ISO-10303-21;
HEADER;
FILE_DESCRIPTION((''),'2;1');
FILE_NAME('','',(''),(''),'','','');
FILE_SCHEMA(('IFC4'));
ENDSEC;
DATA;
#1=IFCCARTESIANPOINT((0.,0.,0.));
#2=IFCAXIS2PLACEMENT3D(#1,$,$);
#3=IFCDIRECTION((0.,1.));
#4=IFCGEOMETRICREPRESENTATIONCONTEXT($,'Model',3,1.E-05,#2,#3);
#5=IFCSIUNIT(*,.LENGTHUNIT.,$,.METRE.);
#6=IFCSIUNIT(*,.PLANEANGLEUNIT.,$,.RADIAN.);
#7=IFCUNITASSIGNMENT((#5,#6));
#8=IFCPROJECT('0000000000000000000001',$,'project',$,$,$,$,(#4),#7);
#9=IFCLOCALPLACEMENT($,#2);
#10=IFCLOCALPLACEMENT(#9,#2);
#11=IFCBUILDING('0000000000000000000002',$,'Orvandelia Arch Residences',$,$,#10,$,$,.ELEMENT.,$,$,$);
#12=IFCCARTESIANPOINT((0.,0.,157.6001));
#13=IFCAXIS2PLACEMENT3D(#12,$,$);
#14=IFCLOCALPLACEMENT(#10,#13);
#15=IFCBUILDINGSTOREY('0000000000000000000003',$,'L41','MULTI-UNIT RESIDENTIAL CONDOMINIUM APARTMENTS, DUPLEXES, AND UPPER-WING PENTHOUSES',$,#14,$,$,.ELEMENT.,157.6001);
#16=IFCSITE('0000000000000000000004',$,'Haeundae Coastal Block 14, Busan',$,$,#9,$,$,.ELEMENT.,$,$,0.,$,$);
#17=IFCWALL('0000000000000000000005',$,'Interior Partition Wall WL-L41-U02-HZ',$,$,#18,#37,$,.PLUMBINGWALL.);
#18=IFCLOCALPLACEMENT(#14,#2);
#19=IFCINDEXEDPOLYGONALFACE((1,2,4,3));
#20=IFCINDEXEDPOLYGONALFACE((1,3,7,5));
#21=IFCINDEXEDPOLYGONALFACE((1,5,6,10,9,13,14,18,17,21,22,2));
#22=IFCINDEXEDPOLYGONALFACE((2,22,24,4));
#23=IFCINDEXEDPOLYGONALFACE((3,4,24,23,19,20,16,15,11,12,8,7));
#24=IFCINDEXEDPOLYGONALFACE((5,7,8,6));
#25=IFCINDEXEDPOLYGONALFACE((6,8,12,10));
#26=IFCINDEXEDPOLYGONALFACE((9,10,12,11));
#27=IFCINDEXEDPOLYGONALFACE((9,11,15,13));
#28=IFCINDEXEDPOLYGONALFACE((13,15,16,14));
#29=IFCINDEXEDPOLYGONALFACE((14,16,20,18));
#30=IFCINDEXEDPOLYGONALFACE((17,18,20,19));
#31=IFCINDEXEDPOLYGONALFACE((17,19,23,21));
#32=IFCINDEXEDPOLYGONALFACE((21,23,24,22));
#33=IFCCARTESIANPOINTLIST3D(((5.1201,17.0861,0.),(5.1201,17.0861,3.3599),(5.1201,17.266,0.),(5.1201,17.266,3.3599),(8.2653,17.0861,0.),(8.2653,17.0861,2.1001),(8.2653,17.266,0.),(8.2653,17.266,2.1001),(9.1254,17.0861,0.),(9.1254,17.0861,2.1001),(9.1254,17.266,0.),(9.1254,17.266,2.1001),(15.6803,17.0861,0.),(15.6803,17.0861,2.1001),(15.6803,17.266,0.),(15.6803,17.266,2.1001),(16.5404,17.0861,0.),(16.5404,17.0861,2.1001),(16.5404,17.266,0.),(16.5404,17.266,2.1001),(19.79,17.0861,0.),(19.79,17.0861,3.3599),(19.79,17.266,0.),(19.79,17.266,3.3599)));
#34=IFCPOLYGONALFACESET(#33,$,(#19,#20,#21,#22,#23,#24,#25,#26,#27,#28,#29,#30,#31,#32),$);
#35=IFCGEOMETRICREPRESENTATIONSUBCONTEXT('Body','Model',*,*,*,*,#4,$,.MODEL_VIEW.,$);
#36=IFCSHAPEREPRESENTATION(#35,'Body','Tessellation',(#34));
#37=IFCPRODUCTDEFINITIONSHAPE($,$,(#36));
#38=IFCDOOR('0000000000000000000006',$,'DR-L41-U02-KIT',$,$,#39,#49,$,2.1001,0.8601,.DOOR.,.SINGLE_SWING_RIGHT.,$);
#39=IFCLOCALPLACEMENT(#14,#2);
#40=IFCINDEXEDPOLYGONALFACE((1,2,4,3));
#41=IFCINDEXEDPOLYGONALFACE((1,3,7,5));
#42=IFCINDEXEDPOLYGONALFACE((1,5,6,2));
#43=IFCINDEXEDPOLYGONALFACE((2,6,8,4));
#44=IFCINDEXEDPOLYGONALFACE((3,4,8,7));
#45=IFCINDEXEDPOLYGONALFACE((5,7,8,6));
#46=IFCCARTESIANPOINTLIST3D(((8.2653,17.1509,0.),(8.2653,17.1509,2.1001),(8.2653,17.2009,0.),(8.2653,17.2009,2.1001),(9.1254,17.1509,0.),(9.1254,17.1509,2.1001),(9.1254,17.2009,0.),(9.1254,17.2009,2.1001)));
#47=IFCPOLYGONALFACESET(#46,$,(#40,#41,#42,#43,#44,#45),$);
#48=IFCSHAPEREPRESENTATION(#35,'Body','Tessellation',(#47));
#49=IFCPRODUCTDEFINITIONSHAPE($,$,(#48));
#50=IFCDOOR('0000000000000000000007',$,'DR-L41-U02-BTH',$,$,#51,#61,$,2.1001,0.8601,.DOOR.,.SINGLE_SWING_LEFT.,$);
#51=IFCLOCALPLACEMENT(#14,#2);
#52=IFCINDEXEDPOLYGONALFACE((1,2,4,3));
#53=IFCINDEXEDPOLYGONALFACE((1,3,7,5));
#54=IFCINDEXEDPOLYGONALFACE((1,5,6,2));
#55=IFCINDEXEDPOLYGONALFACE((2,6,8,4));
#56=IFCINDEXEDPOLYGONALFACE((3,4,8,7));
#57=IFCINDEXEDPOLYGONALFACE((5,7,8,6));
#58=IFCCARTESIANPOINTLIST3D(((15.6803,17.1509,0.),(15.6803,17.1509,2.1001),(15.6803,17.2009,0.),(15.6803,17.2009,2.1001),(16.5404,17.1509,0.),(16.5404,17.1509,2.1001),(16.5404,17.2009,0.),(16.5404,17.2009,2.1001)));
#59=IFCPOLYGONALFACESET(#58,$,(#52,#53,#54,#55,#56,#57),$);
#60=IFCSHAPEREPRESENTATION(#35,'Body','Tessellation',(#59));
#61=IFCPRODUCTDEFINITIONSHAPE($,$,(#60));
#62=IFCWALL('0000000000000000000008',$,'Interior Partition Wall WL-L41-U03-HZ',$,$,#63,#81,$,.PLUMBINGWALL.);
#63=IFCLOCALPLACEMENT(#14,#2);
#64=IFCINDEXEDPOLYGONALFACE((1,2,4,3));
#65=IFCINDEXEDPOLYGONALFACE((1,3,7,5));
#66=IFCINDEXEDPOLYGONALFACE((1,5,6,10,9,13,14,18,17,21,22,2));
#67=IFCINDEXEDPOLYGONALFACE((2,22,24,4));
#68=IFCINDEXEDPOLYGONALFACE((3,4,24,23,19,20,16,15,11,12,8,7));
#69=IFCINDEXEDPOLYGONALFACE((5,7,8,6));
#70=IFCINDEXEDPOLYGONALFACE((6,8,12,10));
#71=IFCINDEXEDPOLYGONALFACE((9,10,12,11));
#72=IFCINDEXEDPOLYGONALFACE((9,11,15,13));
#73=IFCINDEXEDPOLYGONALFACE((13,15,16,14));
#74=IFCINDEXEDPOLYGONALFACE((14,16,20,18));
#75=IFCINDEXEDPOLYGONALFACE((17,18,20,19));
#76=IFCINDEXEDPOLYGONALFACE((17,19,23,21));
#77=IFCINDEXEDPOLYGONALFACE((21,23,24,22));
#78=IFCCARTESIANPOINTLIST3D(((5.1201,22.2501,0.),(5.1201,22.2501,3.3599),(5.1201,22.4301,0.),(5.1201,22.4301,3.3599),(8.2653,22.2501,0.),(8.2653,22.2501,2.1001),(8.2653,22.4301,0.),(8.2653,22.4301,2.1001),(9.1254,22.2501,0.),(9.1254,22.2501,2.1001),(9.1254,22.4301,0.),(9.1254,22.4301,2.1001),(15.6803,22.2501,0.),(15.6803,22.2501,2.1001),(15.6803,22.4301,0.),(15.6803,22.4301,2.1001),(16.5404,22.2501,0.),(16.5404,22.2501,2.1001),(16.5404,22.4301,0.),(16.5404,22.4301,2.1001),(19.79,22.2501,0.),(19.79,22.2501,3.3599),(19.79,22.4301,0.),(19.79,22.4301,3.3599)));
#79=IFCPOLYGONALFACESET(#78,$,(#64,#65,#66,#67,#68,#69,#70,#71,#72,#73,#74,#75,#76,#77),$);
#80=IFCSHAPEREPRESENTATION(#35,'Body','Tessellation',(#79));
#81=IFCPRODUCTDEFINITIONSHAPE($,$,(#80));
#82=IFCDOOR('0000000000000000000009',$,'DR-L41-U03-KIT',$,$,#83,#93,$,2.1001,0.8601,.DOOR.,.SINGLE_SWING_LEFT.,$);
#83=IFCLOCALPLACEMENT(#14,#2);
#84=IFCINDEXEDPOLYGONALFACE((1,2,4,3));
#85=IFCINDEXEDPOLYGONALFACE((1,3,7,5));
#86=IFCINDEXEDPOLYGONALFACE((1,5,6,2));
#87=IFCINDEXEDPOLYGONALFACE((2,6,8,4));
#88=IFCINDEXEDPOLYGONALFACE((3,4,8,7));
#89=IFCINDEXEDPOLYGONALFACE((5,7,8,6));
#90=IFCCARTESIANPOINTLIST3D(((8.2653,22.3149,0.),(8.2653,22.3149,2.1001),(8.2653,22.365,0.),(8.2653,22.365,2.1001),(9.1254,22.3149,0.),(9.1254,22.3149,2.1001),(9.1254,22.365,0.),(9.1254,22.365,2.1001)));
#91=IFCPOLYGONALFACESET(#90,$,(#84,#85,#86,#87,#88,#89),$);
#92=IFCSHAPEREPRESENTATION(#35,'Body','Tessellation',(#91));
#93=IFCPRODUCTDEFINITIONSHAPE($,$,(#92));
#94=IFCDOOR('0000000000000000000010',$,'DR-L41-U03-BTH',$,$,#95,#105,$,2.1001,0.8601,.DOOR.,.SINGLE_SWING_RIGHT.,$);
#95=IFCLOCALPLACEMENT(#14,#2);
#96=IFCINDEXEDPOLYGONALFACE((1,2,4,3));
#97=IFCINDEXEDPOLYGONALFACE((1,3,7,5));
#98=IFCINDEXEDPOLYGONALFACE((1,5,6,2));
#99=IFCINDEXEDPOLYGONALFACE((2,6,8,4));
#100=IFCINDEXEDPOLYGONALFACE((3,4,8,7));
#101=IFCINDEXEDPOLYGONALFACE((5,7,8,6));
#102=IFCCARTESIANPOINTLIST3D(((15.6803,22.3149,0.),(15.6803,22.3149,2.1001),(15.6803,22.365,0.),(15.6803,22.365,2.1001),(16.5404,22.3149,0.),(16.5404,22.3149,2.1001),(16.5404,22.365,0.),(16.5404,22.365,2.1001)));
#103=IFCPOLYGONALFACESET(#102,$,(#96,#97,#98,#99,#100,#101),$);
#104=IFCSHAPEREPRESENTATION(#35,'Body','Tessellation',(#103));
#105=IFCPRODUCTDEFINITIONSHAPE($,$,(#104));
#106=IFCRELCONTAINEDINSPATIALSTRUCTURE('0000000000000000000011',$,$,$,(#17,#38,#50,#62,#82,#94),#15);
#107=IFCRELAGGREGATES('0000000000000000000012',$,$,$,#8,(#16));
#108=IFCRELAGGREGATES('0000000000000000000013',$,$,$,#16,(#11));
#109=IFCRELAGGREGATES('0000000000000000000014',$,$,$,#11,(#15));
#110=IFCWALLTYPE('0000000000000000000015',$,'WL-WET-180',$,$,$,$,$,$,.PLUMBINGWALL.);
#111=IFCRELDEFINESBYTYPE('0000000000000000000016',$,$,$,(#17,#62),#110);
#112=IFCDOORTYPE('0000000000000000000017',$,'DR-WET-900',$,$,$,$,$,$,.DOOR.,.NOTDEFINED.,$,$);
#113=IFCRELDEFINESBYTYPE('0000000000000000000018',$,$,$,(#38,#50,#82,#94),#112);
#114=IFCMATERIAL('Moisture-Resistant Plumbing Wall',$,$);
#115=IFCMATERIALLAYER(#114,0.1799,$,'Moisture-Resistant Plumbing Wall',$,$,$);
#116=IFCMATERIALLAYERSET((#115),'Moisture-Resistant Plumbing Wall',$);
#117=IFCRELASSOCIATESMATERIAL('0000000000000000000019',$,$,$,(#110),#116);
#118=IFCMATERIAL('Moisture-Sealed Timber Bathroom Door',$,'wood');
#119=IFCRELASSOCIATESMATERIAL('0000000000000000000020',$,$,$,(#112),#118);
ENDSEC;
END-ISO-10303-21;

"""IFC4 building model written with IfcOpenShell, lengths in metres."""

from ifc_helpers import new_model, si_unit, direction, frame, frame_2d, origin, place, context, subcontext, project, spatial, rectangle, extrude, material, layer, layer_set, type_object, element, fill, save


model = new_model("IFC4")

# Units and contexts
model_context = context("Model", 3, precision=1e-05, world=origin(), true_north=direction((0.0, 1.0)))
body_context = subcontext(model_context, "Body", "Model", "MODEL_VIEW")
ifc_project = project(units=[si_unit("LENGTHUNIT", "METRE"), si_unit("PLANEANGLEUNIT", "RADIAN")], contexts=[model_context])

# Site, building, storey
site_placement = place(None, origin())
site = spatial("IfcSite", under=ifc_project, at=site_placement, Name="Haeundae Coastal Block 14, Busan", CompositionType="ELEMENT", RefElevation=0.0)
building_placement = place(site_placement, origin())
building = spatial("IfcBuilding", under=site, at=building_placement, Name="Orvandelia Arch Residences", CompositionType="ELEMENT")
storey_placement = place(building_placement, frame((0.0, 0.0, 157.6001)))
storey = spatial("IfcBuildingStorey", under=building, at=storey_placement, Name="L41", Description="MULTI-UNIT RESIDENTIAL CONDOMINIUM APARTMENTS, DUPLEXES, AND UPPER-WING PENTHOUSES", CompositionType="ELEMENT", Elevation=157.6001)

# Walls, openings, doors
ifc_material_1 = material(Name="Moisture-Resistant Plumbing Wall")
ifc_layer_1 = layer(ifc_material_1, 0.1799, Name="Moisture-Resistant Plumbing Wall")
ifc_layer_set_1 = layer_set([ifc_layer_1], Name="Moisture-Resistant Plumbing Wall")
wall_type_1 = type_object("IfcWallType", Name="WL-WET-180", PredefinedType="PLUMBINGWALL", material=ifc_layer_set_1)
wall_1_placement = place(storey_placement, frame((5.1201, 17.176, 0.0), z_axis=(0.0, 0.0, 1.0), x_axis=(1.0, 0.0, 0.0)))
wall_1 = element("IfcWall", 1, at=wall_1_placement, inside=storey, type_object=wall_type_1, Name="Interior Partition Wall WL-L41-U02-HZ", PredefinedType="PLUMBINGWALL", context=body_context, shape_type="SweptSolid", body=[
    extrude(rectangle(XDim=14.6699, YDim=0.1799, at=frame_2d((7.335, 0.0))), origin(), (0.0, 0.0, 1.0), 3.3599),
])
opening_1_placement = place(wall_1_placement, frame((3.145, 0.0, 0.0)))
opening_1 = element("IfcOpeningElement", 2, at=opening_1_placement, cuts=wall_1, PredefinedType="OPENING", context=body_context, shape_type="SweptSolid", body=[
    extrude(rectangle(XDim=0.8601, YDim=2.1001, at=frame_2d((0.4302, 1.05))), frame((0.0, 0.1001, 0.0), z_axis=(0.0, -1.0, 0.0), x_axis=(1.0, 0.0, 0.0)), (0.0, 0.0, 1.0), 0.2),
])
opening_2_placement = place(wall_1_placement, frame((10.5601, 0.0, 0.0)))
opening_2 = element("IfcOpeningElement", 3, at=opening_2_placement, cuts=wall_1, PredefinedType="OPENING", context=body_context, shape_type="SweptSolid", body=[
    extrude(rectangle(XDim=0.8601, YDim=2.1001, at=frame_2d((0.4302, 1.05))), frame((0.0, 0.1001, 0.0), z_axis=(0.0, -1.0, 0.0), x_axis=(1.0, 0.0, 0.0)), (0.0, 0.0, 1.0), 0.2),
])
ifc_material_2 = material(Name="Moisture-Sealed Timber Bathroom Door", Category="wood")
door_type = type_object("IfcDoorType", Name="DR-WET-900", OperationType="NOTDEFINED", PredefinedType="DOOR", material=ifc_material_2)
door_1_placement = place(opening_1_placement, origin())
door_1 = element("IfcDoor", 4, at=door_1_placement, inside=storey, type_object=door_type, Name="DR-L41-U02-KIT", OperationType="SINGLE_SWING_RIGHT", OverallHeight=2.1001, OverallWidth=0.8601, PredefinedType="DOOR", context=body_context, shape_type="SweptSolid", body=[
    extrude(rectangle(XDim=0.8601, YDim=2.1001, at=frame_2d((0.4302, 1.05))), frame((0.0, 0.0249, 0.0), z_axis=(0.0, -1.0, 0.0), x_axis=(1.0, 0.0, 0.0)), (0.0, 0.0, 1.0), 0.05),
])
fill(opening_1, door_1)
door_2_placement = place(opening_2_placement, origin())
door_2 = element("IfcDoor", 5, at=door_2_placement, inside=storey, type_object=door_type, Name="DR-L41-U02-BTH", OperationType="SINGLE_SWING_LEFT", OverallHeight=2.1001, OverallWidth=0.8601, PredefinedType="DOOR", context=body_context, shape_type="SweptSolid", body=[
    extrude(rectangle(XDim=0.8601, YDim=2.1001, at=frame_2d((0.4302, 1.05))), frame((0.0, 0.0249, 0.0), z_axis=(0.0, -1.0, 0.0), x_axis=(1.0, 0.0, 0.0)), (0.0, 0.0, 1.0), 0.05),
])
fill(opening_2, door_2)
wall_2_placement = place(storey_placement, frame((5.1201, 22.3401, 0.0), z_axis=(0.0, 0.0, 1.0), x_axis=(1.0, 0.0, 0.0)))
wall_2 = element("IfcWall", 6, at=wall_2_placement, inside=storey, type_object=wall_type_1, Name="Interior Partition Wall WL-L41-U03-HZ", PredefinedType="PLUMBINGWALL", context=body_context, shape_type="SweptSolid", body=[
    extrude(rectangle(XDim=14.6699, YDim=0.1799, at=frame_2d((7.335, 0.0))), origin(), (0.0, 0.0, 1.0), 3.3599),
])
opening_3_placement = place(wall_2_placement, frame((3.145, 0.0, 0.0)))
opening_3 = element("IfcOpeningElement", 7, at=opening_3_placement, cuts=wall_2, PredefinedType="OPENING", context=body_context, shape_type="SweptSolid", body=[
    extrude(rectangle(XDim=0.8601, YDim=2.1001, at=frame_2d((0.4302, 1.05))), frame((0.0, 0.1001, 0.0), z_axis=(0.0, -1.0, 0.0), x_axis=(1.0, 0.0, 0.0)), (0.0, 0.0, 1.0), 0.2),
])
opening_4_placement = place(wall_2_placement, frame((10.5601, 0.0, 0.0)))
opening_4 = element("IfcOpeningElement", 8, at=opening_4_placement, cuts=wall_2, PredefinedType="OPENING", context=body_context, shape_type="SweptSolid", body=[
    extrude(rectangle(XDim=0.8601, YDim=2.1001, at=frame_2d((0.4302, 1.05))), frame((0.0, 0.1001, 0.0), z_axis=(0.0, -1.0, 0.0), x_axis=(1.0, 0.0, 0.0)), (0.0, 0.0, 1.0), 0.2),
])
door_3_placement = place(opening_3_placement, origin())
door_3 = element("IfcDoor", 9, at=door_3_placement, inside=storey, type_object=door_type, Name="DR-L41-U03-KIT", OperationType="SINGLE_SWING_LEFT", OverallHeight=2.1001, OverallWidth=0.8601, PredefinedType="DOOR", context=body_context, shape_type="SweptSolid", body=[
    extrude(rectangle(XDim=0.8601, YDim=2.1001, at=frame_2d((0.4302, 1.05))), frame((0.0, 0.0249, 0.0), z_axis=(0.0, -1.0, 0.0), x_axis=(1.0, 0.0, 0.0)), (0.0, 0.0, 1.0), 0.05),
])
fill(opening_3, door_3)
door_4_placement = place(opening_4_placement, origin())
door_4 = element("IfcDoor", 10, at=door_4_placement, inside=storey, type_object=door_type, Name="DR-L41-U03-BTH", OperationType="SINGLE_SWING_RIGHT", OverallHeight=2.1001, OverallWidth=0.8601, PredefinedType="DOOR", context=body_context, shape_type="SweptSolid", body=[
    extrude(rectangle(XDim=0.8601, YDim=2.1001, at=frame_2d((0.4302, 1.05))), frame((0.0, 0.0249, 0.0), z_axis=(0.0, -1.0, 0.0), x_axis=(1.0, 0.0, 0.0)), (0.0, 0.0, 1.0), 0.05),
])
fill(opening_4, door_4)

save(model, "model.ifc")
